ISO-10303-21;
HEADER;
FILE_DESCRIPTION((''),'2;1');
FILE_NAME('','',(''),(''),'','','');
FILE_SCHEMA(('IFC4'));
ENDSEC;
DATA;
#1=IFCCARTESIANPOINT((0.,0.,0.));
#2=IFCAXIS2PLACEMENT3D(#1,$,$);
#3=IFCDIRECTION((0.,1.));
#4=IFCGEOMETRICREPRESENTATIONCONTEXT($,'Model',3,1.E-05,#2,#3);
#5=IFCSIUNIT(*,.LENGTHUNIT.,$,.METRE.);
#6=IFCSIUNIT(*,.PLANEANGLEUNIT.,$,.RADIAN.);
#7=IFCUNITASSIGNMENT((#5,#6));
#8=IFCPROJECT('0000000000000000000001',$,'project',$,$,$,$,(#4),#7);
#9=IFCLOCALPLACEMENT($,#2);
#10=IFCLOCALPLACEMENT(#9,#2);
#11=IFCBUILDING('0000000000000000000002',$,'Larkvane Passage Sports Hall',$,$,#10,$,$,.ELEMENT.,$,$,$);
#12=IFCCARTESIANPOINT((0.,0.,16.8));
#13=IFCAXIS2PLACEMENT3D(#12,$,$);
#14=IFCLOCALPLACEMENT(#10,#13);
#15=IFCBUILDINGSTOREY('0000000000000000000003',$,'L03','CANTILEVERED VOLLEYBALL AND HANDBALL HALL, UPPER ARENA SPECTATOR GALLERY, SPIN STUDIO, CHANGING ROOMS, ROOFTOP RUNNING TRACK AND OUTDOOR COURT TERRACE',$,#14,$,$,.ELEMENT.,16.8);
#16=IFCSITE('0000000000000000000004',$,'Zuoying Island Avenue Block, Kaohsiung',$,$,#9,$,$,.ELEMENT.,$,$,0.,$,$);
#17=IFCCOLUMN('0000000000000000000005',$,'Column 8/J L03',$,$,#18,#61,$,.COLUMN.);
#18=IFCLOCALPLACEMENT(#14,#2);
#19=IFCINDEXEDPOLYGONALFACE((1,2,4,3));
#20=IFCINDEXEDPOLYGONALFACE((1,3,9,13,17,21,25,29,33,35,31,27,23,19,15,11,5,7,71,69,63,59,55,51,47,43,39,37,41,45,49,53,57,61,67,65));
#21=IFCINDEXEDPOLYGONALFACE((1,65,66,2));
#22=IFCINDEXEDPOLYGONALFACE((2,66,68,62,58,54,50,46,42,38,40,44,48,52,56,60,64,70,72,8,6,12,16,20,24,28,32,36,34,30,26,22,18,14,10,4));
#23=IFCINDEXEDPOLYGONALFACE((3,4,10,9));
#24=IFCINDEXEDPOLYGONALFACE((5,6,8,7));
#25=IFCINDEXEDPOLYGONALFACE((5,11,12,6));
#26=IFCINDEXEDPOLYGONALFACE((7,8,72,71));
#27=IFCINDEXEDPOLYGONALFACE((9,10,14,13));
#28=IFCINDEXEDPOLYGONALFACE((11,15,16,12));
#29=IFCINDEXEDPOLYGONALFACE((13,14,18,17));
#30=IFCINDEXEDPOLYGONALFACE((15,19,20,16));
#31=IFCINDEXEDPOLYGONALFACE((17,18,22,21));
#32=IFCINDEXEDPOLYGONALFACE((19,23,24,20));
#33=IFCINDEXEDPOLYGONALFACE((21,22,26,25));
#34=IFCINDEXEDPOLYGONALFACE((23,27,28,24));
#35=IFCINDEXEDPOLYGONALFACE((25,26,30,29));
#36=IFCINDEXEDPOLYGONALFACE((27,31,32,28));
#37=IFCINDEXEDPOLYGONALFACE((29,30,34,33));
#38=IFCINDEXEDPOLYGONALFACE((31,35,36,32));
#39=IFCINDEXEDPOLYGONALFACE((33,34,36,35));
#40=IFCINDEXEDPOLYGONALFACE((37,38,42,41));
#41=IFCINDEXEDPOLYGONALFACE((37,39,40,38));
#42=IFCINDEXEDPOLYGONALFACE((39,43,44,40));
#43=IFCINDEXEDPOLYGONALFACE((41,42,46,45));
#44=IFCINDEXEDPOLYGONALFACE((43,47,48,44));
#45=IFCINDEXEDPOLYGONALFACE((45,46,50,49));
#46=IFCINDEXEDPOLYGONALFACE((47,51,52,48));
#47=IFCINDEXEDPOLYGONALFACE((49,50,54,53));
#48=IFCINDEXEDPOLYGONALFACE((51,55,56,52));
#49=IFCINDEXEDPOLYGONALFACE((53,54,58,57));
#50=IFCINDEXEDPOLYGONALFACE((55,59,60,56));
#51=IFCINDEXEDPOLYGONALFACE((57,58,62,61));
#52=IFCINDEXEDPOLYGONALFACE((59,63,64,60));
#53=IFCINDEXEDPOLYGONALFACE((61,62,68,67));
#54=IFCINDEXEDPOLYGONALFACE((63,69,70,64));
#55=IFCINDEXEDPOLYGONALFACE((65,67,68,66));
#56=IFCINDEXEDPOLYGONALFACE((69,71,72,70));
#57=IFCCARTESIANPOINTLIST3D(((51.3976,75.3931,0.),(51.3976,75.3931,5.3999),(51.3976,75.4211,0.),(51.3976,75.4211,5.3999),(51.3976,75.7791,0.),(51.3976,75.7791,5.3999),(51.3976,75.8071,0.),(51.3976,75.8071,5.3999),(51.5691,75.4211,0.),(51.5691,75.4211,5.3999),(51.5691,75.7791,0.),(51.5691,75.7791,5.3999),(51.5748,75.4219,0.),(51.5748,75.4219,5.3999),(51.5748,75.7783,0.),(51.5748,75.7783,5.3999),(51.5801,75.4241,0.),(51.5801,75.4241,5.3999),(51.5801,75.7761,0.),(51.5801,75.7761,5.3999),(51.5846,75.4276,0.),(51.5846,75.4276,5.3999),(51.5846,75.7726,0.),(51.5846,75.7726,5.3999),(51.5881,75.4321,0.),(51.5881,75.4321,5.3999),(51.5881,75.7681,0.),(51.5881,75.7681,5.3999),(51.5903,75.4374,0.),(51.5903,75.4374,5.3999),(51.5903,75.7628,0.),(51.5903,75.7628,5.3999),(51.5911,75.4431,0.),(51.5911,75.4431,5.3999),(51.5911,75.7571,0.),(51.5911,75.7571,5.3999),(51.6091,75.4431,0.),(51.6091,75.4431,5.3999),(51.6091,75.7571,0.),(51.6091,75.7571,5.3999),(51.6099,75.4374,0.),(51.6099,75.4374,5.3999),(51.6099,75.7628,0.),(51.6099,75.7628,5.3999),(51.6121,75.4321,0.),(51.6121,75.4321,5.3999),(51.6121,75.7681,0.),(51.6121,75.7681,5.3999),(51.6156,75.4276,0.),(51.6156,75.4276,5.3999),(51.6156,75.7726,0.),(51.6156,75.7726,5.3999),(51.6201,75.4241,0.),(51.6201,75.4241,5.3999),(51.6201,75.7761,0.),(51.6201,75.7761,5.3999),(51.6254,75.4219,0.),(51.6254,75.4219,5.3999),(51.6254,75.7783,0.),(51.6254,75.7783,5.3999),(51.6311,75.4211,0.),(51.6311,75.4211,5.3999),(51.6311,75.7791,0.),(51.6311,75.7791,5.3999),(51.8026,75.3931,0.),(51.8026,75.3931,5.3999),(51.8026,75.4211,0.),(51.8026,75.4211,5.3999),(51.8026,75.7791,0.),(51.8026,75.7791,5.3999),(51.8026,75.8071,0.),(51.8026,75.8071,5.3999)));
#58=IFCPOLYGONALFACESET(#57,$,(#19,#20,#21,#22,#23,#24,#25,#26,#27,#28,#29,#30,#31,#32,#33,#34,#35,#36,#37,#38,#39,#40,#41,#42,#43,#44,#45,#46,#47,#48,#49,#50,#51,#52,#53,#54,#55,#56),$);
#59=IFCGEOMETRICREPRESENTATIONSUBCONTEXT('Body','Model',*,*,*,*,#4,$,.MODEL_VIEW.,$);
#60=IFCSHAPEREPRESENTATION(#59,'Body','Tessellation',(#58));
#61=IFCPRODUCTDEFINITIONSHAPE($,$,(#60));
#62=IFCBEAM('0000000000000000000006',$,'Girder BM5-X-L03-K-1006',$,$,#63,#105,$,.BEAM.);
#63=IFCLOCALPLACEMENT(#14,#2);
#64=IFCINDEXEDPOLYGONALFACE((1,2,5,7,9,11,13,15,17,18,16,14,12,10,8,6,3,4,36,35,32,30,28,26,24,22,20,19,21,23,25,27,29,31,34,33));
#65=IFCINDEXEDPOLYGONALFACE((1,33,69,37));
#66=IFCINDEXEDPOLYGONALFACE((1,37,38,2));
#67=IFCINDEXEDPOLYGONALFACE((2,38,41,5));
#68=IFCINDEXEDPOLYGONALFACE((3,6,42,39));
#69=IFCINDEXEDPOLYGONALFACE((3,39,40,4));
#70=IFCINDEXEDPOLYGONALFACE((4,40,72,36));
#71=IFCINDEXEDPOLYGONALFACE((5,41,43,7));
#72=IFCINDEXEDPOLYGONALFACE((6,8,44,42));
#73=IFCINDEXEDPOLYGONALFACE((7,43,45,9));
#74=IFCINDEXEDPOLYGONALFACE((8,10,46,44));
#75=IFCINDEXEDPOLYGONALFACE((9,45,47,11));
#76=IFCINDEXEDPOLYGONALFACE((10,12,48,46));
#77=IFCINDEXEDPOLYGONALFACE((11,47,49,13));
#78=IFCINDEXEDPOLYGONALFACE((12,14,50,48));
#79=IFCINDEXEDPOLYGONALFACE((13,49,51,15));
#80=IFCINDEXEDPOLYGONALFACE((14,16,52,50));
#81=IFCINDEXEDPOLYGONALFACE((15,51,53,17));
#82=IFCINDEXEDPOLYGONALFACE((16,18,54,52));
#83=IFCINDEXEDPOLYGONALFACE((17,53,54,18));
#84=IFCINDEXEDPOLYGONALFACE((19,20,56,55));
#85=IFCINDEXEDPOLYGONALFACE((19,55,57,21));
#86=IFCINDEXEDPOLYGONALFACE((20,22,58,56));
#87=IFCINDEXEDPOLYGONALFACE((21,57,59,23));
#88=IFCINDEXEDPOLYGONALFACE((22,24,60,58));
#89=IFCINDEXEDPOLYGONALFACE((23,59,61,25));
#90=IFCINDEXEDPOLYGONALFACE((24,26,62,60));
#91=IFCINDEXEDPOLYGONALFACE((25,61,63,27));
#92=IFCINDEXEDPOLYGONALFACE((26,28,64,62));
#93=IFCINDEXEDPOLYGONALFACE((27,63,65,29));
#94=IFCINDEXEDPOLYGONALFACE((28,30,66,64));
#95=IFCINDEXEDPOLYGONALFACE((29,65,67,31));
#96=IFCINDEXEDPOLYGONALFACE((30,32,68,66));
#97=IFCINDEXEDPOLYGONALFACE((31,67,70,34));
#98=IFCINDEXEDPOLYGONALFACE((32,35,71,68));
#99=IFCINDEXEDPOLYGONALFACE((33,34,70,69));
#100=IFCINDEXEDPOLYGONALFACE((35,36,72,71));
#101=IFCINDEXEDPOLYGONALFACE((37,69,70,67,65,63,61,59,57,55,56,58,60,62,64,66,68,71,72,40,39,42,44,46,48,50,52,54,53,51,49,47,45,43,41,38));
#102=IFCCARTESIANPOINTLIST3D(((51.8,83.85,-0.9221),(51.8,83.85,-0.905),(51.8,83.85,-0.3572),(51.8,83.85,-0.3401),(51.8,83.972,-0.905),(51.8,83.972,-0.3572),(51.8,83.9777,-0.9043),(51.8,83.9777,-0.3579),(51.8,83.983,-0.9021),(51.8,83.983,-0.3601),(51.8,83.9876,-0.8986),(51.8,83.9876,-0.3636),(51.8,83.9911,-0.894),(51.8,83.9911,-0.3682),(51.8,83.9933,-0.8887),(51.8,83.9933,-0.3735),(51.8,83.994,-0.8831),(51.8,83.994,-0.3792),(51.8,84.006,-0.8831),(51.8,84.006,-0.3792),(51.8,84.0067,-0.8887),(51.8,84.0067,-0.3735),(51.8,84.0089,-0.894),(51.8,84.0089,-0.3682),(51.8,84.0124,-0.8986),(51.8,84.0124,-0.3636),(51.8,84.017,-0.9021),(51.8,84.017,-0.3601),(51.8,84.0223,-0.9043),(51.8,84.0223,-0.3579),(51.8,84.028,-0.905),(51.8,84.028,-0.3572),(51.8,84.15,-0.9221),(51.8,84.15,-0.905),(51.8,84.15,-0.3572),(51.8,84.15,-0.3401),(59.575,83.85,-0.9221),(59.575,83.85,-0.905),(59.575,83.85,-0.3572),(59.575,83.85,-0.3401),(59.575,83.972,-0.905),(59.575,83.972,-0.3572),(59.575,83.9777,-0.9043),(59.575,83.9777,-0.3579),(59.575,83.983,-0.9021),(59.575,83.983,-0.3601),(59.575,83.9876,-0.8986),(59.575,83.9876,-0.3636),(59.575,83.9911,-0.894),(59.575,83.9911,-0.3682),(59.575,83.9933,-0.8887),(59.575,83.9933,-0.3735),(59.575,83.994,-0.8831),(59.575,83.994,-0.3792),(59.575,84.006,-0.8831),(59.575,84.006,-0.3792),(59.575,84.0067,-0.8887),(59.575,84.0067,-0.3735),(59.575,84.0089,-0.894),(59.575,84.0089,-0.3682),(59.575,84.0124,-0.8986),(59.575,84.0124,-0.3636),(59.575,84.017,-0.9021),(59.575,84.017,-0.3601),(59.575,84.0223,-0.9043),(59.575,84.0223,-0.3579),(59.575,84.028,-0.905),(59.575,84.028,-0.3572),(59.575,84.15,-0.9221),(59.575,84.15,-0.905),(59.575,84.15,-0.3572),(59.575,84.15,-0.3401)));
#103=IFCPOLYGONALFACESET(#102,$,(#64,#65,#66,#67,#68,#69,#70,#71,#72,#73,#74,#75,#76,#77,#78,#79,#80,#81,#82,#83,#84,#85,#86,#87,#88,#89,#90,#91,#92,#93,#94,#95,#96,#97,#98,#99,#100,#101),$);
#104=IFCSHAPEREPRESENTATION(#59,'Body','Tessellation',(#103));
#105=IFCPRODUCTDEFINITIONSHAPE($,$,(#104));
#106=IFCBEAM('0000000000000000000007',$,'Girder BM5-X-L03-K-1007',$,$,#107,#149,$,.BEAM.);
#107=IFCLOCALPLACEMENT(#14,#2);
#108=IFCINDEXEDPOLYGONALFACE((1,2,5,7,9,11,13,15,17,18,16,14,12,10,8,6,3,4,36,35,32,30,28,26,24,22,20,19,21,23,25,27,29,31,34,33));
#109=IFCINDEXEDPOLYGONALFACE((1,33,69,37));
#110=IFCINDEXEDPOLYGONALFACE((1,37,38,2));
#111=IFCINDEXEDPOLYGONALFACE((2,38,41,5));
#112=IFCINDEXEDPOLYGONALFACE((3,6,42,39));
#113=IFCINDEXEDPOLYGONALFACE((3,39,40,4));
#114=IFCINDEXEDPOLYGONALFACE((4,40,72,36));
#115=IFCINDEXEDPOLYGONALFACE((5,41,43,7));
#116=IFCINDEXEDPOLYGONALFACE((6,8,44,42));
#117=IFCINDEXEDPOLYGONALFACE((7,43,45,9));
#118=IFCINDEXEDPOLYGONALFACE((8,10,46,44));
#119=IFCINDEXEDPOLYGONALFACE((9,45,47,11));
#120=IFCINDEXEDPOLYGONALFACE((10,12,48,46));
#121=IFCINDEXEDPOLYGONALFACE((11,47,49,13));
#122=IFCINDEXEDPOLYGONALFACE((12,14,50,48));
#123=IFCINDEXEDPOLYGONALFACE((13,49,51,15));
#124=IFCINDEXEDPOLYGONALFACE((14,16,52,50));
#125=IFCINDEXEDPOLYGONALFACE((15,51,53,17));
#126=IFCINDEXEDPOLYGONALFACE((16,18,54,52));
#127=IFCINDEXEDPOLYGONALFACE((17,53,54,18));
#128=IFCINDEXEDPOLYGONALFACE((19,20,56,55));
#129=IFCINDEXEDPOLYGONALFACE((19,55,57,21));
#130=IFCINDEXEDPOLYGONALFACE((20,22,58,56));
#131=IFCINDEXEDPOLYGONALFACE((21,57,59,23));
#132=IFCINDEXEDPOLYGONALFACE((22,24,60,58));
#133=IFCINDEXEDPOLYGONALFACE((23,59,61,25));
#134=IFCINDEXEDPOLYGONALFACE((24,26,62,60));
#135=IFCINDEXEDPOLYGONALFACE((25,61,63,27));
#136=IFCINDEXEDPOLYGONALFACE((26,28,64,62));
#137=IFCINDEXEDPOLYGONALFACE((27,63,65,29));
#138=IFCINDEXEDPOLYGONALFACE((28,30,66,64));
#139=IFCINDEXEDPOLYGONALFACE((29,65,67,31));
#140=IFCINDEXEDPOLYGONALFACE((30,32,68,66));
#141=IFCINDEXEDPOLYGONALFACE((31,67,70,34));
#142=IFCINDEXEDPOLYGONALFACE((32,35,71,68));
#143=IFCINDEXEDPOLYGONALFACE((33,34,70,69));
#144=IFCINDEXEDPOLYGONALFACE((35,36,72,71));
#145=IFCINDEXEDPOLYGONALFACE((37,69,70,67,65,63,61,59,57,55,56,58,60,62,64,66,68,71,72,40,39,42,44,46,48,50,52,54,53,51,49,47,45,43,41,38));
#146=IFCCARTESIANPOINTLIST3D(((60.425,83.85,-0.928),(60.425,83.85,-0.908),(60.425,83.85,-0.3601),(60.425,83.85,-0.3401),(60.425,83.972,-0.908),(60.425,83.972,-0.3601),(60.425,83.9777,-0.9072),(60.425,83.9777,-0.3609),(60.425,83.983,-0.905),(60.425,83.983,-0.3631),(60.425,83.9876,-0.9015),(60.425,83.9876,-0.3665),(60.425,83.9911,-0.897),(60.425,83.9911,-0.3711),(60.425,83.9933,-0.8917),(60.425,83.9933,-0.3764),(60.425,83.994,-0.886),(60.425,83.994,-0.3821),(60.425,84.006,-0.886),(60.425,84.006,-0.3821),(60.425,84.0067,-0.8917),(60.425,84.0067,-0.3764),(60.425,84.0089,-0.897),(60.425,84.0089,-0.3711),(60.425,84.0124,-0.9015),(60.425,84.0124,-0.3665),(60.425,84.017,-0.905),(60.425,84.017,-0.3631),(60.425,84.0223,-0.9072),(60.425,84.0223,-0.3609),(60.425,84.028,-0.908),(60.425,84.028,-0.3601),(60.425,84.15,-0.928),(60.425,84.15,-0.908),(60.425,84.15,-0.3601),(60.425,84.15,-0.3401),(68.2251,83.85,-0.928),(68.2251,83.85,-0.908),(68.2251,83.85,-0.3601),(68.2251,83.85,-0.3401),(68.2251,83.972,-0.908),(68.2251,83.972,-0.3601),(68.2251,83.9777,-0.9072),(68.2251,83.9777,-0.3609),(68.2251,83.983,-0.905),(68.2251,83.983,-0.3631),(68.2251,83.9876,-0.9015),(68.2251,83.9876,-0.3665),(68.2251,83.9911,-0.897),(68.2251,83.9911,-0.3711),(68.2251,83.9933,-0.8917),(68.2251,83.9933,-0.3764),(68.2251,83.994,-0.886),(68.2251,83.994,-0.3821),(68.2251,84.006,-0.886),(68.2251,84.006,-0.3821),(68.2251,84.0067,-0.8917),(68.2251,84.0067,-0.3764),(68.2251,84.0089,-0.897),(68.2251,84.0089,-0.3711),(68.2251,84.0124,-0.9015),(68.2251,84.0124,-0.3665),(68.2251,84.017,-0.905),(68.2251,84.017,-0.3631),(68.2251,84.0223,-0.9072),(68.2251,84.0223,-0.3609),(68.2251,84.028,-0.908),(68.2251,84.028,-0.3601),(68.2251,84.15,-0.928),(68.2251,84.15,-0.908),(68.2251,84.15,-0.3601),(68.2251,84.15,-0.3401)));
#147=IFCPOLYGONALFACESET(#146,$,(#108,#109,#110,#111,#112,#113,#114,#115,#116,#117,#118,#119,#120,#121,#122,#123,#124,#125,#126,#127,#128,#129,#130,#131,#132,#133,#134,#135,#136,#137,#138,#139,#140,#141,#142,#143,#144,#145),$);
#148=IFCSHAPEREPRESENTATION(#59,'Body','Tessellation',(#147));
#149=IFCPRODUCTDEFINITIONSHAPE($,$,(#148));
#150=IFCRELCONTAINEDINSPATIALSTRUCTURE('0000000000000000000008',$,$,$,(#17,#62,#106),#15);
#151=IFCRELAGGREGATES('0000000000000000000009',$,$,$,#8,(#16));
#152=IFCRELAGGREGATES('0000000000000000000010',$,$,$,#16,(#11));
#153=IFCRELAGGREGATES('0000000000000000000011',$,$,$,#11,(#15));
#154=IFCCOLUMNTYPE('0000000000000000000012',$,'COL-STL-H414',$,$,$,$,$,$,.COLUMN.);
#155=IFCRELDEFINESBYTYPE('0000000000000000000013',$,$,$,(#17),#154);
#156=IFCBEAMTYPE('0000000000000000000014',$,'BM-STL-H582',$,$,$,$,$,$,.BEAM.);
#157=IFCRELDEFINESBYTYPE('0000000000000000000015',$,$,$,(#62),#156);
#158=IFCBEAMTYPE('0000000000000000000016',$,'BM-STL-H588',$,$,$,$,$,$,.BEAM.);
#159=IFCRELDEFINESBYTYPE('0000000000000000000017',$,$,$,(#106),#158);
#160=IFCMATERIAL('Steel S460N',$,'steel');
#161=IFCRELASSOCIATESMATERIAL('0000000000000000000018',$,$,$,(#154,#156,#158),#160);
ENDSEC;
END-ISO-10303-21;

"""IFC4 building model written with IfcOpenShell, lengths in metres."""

from ifc_helpers import new_model, si_unit, direction, frame, origin, origin_2d, place, context, subcontext, project, spatial, i_section, extrude, material, material_profile, profile_set, type_object, element, save


model = new_model("IFC4")

# Units and contexts
model_context = context("Model", 3, precision=1e-05, world=origin(), true_north=direction((0.0, 1.0)))
body_context = subcontext(model_context, "Body", "Model", "MODEL_VIEW")
ifc_project = project(units=[si_unit("LENGTHUNIT", "METRE"), si_unit("PLANEANGLEUNIT", "RADIAN")], contexts=[model_context])

# Site, building, storey
site_placement = place(None, origin())
site = spatial("IfcSite", under=ifc_project, at=site_placement, Name="Zuoying Island Avenue Block, Kaohsiung", CompositionType="ELEMENT", RefElevation=0.0)
building_placement = place(site_placement, origin())
building = spatial("IfcBuilding", under=site, at=building_placement, Name="Larkvane Passage Sports Hall", CompositionType="ELEMENT")
storey_placement = place(building_placement, frame((0.0, 0.0, 16.8)))
storey = spatial("IfcBuildingStorey", under=building, at=storey_placement, Name="L03", Description="CANTILEVERED VOLLEYBALL AND HANDBALL HALL, UPPER ARENA SPECTATOR GALLERY, SPIN STUDIO, CHANGING ROOMS, ROOFTOP RUNNING TRACK AND OUTDOOR COURT TERRACE", CompositionType="ELEMENT", Elevation=16.8)

# Column
ifc_material_1 = material(Name="Steel S460N", Category="steel")
ifc_material_profile_1 = material_profile(ifc_material_1, i_section(OverallWidth=0.405, OverallDepth=0.4141, WebThickness=0.0181, FlangeThickness=0.0281, FilletRadius=0.022, at=origin_2d()), Name="H-414x405x18x28")
ifc_profile_set_1 = profile_set([ifc_material_profile_1], Name="Steel S460N")
column_type_1 = type_object("IfcColumnType", Name="COL-STL-H414", PredefinedType="COLUMN", material=ifc_profile_set_1)
column_1_placement = place(storey_placement, frame((51.6001, 75.6001, 0.0), z_axis=(0.0, 0.0, 1.0), x_axis=(1.0, 0.0, 0.0)))
element("IfcColumn", 1, at=column_1_placement, inside=storey, type_object=column_type_1, Name="Column 8/J L03", PredefinedType="COLUMN", context=body_context, shape_type="SweptSolid", body=[
    extrude(i_section(OverallWidth=0.405, OverallDepth=0.4141, WebThickness=0.0181, FlangeThickness=0.0281, FilletRadius=0.022, at=origin_2d()), origin(), (0.0, 0.0, 1.0), 5.3999),
])

# Beams
ifc_material_profile_2 = material_profile(ifc_material_1, i_section(OverallWidth=0.3, OverallDepth=0.582, WebThickness=0.012, FlangeThickness=0.0171, FilletRadius=0.022, at=origin_2d()), Name="H-582x300x12x17")
ifc_profile_set_2 = profile_set([ifc_material_profile_2], Name="Steel S460N")
beam_type_1 = type_object("IfcBeamType", Name="BM-STL-H582", PredefinedType="BEAM", material=ifc_profile_set_2)
beam_1_placement = place(storey_placement, frame((51.8, 84.0, -0.6311), z_axis=(1.0, 0.0, 0.0), x_axis=(0.0, 1.0, 0.0)))
element("IfcBeam", 2, at=beam_1_placement, inside=storey, type_object=beam_type_1, Name="Girder BM5-X-L03-K-1006", PredefinedType="BEAM", context=body_context, shape_type="SweptSolid", body=[
    extrude(i_section(OverallWidth=0.3, OverallDepth=0.582, WebThickness=0.012, FlangeThickness=0.0171, FilletRadius=0.022, at=origin_2d()), origin(), (0.0, 0.0, 1.0), 7.7749),
])
ifc_material_profile_3 = material_profile(ifc_material_1, i_section(OverallWidth=0.3, OverallDepth=0.5879, WebThickness=0.012, FlangeThickness=0.02, FilletRadius=0.022, at=origin_2d()), Name="H-588x300x12x20")
ifc_profile_set_3 = profile_set([ifc_material_profile_3], Name="Steel S460N")
beam_type_2 = type_object("IfcBeamType", Name="BM-STL-H588", PredefinedType="BEAM", material=ifc_profile_set_3)
beam_2_placement = place(storey_placement, frame((60.425, 84.0, -0.634), z_axis=(1.0, 0.0, 0.0), x_axis=(0.0, 1.0, 0.0)))
element("IfcBeam", 3, at=beam_2_placement, inside=storey, type_object=beam_type_2, Name="Girder BM5-X-L03-K-1007", PredefinedType="BEAM", context=body_context, shape_type="SweptSolid", body=[
    extrude(i_section(OverallWidth=0.3, OverallDepth=0.5879, WebThickness=0.012, FlangeThickness=0.02, FilletRadius=0.022, at=origin_2d()), origin(), (0.0, 0.0, 1.0), 7.8),
])

save(model, "model.ifc")
